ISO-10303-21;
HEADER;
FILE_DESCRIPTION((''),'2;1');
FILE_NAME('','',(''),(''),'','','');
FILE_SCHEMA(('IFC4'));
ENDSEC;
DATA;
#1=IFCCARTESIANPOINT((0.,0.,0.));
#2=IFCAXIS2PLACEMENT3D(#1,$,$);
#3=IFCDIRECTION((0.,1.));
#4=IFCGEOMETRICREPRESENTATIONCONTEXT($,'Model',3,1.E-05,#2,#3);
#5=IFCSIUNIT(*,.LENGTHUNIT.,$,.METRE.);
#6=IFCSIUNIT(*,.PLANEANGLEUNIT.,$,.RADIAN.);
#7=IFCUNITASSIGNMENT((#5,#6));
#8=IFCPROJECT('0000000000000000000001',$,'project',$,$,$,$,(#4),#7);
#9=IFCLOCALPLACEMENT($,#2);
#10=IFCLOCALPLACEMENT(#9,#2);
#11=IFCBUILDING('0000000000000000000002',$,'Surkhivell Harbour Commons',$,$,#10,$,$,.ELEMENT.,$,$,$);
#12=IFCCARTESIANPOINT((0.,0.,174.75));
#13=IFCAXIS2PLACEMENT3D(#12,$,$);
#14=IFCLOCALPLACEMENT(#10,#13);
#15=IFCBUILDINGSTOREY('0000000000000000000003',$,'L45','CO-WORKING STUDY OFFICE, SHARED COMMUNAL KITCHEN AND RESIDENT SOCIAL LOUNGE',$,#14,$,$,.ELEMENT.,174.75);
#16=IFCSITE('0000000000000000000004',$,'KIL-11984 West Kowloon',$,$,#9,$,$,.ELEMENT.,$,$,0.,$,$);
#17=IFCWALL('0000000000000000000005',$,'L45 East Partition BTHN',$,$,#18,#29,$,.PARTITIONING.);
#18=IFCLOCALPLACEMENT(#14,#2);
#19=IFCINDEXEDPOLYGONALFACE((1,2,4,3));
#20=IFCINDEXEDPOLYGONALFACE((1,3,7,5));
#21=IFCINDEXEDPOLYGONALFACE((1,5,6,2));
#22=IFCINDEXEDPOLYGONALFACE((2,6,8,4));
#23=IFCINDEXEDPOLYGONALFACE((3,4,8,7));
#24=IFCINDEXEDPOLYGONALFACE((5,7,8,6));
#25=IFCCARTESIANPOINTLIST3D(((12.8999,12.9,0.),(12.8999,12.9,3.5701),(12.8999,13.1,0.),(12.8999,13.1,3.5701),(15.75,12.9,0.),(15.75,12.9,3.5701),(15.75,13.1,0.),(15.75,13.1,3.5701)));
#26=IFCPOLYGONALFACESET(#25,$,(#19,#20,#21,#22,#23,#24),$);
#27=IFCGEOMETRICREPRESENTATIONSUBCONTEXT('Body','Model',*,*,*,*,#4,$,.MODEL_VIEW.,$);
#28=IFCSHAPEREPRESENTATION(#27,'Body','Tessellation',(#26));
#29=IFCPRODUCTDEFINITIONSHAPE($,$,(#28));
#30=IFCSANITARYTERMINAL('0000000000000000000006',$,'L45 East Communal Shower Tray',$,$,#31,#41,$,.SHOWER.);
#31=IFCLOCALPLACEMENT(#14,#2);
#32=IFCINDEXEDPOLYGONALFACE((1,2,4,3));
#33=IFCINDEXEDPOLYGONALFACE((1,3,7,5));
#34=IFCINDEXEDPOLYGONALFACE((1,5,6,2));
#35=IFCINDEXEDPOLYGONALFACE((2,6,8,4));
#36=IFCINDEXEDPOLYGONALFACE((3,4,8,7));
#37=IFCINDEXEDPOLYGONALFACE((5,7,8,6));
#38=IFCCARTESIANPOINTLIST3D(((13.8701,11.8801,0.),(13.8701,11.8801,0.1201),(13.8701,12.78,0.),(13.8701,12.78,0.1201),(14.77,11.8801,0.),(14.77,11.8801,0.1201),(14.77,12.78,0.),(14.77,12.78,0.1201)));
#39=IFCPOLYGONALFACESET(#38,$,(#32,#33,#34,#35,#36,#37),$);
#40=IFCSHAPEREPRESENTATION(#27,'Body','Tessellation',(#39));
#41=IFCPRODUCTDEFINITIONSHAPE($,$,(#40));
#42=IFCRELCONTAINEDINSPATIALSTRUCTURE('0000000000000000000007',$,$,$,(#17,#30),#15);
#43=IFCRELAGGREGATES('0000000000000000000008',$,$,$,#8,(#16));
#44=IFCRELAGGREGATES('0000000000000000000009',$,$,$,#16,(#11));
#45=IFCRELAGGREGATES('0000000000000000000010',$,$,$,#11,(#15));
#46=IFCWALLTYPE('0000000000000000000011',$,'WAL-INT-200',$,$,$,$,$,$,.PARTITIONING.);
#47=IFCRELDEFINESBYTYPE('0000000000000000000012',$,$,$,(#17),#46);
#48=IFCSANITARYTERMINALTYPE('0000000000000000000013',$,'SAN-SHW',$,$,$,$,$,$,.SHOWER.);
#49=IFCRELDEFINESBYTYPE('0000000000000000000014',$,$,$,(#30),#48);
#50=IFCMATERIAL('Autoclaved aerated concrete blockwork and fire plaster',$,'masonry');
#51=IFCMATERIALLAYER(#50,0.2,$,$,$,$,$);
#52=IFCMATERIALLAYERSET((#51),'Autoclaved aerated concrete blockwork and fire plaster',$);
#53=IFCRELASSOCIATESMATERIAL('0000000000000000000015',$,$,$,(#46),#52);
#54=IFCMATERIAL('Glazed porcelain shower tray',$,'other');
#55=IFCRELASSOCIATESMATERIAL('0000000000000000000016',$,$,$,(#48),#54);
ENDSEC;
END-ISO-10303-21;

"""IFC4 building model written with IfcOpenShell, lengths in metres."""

from ifc_helpers import new_model, si_unit, direction, frame, frame_2d, origin, origin_2d, place, context, subcontext, project, spatial, rectangle, extrude, material, layer, layer_set, type_object, element, save


model = new_model("IFC4")

# Units and contexts
model_context = context("Model", 3, precision=1e-05, world=origin(), true_north=direction((0.0, 1.0)))
body_context = subcontext(model_context, "Body", "Model", "MODEL_VIEW")
ifc_project = project(units=[si_unit("LENGTHUNIT", "METRE"), si_unit("PLANEANGLEUNIT", "RADIAN")], contexts=[model_context])

# Site, building, storey
site_placement = place(None, origin())
site = spatial("IfcSite", under=ifc_project, at=site_placement, Name="KIL-11984 West Kowloon", CompositionType="ELEMENT", RefElevation=0.0)
building_placement = place(site_placement, origin())
building = spatial("IfcBuilding", under=site, at=building_placement, Name="Surkhivell Harbour Commons", CompositionType="ELEMENT")
storey_placement = place(building_placement, frame((0.0, 0.0, 174.75)))
storey = spatial("IfcBuildingStorey", under=building, at=storey_placement, Name="L45", Description="CO-WORKING STUDY OFFICE, SHARED COMMUNAL KITCHEN AND RESIDENT SOCIAL LOUNGE", CompositionType="ELEMENT", Elevation=174.75)

# Wall
ifc_material_1 = material(Name="Autoclaved aerated concrete blockwork and fire plaster", Category="masonry")
ifc_layer_1 = layer(ifc_material_1, 0.2)
ifc_layer_set_1 = layer_set([ifc_layer_1], Name="Autoclaved aerated concrete blockwork and fire plaster")
wall_type_1 = type_object("IfcWallType", Name="WAL-INT-200", PredefinedType="PARTITIONING", material=ifc_layer_set_1)
wall_1_placement = place(storey_placement, frame((12.8999, 13.0, 0.0), z_axis=(0.0, 0.0, 1.0), x_axis=(1.0, 0.0, 0.0)))
element("IfcWall", 1, at=wall_1_placement, inside=storey, type_object=wall_type_1, Name="L45 East Partition BTHN", PredefinedType="PARTITIONING", context=body_context, shape_type="SweptSolid", body=[
    extrude(rectangle(XDim=2.8501, YDim=0.2, at=frame_2d((1.425, 0.0))), origin(), (0.0, 0.0, 1.0), 3.5701),
])

# Sanitary terminal
ifc_material_2 = material(Name="Glazed porcelain shower tray", Category="other")
sanitary_terminal_type = type_object("IfcSanitaryTerminalType", Name="SAN-SHW", PredefinedType="SHOWER", material=ifc_material_2)
sanitary_terminal_placement = place(storey_placement, frame((14.3201, 12.3301, 0.0), z_axis=(0.0, 0.0, 1.0), x_axis=(1.0, 0.0, 0.0)))
element("IfcSanitaryTerminal", 2, at=sanitary_terminal_placement, inside=storey, type_object=sanitary_terminal_type, Name="L45 East Communal Shower Tray", PredefinedType="SHOWER", context=body_context, shape_type="SweptSolid", body=[
    extrude(rectangle(XDim=0.8999, YDim=0.8999, at=origin_2d()), origin(), (0.0, 0.0, 1.0), 0.1201),
])

save(model, "model.ifc")
